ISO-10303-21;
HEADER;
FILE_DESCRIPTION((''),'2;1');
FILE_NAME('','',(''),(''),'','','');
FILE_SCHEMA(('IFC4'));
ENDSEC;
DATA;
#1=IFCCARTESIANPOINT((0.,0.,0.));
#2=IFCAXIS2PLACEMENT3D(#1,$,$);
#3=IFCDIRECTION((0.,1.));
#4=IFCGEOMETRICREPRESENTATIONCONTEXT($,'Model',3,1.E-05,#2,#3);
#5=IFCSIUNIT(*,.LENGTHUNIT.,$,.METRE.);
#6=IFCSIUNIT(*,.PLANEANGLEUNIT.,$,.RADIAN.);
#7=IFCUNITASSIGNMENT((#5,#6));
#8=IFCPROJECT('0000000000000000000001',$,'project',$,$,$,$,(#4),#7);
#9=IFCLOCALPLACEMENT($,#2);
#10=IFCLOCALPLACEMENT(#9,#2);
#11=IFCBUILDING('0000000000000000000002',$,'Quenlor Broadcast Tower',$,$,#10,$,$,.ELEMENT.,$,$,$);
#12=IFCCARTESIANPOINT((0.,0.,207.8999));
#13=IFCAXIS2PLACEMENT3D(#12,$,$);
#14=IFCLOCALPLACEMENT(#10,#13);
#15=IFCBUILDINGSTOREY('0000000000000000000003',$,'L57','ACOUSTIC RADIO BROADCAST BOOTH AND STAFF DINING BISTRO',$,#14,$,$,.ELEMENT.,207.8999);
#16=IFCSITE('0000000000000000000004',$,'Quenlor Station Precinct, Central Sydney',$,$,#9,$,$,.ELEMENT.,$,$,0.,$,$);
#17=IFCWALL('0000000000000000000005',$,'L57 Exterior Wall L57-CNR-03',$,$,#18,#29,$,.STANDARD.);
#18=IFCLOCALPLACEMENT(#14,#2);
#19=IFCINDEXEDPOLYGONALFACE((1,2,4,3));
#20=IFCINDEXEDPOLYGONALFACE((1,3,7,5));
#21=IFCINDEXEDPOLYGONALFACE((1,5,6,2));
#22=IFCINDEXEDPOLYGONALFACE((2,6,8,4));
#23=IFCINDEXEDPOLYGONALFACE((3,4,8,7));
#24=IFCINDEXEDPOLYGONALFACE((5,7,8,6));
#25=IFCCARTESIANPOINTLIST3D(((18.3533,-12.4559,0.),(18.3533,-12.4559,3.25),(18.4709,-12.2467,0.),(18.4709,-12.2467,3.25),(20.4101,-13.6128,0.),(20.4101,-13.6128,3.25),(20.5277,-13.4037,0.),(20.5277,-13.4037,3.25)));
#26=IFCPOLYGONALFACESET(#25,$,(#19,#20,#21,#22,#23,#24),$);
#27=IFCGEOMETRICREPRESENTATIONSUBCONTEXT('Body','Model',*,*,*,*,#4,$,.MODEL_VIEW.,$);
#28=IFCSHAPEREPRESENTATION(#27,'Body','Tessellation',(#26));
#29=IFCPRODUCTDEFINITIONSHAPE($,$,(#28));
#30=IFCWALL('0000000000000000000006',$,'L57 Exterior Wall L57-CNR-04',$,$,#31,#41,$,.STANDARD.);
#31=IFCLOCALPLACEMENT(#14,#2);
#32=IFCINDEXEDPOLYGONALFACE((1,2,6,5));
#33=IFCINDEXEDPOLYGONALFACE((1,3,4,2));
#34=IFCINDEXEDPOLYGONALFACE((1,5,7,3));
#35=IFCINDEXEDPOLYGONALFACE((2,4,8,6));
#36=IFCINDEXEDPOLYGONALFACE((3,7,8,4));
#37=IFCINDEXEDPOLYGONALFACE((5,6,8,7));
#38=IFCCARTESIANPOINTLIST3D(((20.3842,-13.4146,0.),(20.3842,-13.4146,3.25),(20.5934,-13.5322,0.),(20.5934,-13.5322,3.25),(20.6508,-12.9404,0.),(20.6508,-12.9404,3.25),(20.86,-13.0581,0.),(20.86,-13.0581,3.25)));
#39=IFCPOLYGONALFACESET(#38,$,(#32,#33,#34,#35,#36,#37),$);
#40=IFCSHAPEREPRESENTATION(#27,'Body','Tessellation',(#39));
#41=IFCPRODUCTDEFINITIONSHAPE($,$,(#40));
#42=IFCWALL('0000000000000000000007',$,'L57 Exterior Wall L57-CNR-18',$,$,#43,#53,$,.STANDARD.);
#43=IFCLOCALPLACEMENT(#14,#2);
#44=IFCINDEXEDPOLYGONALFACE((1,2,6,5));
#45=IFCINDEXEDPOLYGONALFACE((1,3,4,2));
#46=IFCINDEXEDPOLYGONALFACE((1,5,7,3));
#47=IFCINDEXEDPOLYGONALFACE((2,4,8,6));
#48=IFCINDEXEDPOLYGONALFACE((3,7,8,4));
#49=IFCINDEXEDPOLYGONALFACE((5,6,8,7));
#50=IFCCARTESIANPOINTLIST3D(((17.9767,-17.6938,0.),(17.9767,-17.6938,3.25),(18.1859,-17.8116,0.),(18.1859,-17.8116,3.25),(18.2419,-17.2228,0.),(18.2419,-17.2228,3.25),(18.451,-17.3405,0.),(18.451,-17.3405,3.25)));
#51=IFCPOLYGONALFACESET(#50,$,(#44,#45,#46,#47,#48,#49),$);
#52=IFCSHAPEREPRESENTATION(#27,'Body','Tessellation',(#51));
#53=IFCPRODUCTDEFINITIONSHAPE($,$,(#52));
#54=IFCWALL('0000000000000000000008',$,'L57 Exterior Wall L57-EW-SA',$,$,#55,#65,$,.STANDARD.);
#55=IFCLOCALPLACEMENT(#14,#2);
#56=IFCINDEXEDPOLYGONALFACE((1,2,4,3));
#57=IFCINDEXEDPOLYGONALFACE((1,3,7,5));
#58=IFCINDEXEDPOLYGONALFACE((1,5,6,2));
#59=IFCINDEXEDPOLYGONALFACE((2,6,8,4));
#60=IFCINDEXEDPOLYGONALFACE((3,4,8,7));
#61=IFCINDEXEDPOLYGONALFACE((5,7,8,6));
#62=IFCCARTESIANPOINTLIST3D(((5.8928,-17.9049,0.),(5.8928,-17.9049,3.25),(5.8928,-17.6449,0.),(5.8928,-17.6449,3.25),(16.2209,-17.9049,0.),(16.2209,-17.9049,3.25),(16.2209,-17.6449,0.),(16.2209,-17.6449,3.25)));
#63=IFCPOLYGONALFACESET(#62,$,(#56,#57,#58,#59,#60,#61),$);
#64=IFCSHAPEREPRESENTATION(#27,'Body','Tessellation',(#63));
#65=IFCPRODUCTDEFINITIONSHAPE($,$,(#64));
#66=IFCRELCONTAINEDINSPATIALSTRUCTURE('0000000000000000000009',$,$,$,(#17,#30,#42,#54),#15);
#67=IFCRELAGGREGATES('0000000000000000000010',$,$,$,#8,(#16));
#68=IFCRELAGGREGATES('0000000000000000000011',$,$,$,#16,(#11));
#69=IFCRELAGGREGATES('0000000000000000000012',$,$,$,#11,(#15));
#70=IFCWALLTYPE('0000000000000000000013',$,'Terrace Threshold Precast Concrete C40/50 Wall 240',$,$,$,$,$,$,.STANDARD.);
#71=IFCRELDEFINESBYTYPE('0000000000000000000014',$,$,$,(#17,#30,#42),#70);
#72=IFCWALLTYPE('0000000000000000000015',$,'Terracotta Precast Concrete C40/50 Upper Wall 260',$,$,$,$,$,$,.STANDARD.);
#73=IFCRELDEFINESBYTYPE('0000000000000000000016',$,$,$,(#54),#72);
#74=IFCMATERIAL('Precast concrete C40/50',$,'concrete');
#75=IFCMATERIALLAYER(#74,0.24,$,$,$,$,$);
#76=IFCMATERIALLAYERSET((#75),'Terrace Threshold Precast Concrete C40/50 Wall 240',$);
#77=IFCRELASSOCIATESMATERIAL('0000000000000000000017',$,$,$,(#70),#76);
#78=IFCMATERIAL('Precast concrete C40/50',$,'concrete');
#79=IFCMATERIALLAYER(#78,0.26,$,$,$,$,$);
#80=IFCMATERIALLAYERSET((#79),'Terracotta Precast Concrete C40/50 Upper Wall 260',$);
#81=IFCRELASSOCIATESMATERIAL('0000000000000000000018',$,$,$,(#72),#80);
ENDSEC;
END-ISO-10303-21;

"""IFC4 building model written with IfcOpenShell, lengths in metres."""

from ifc_helpers import new_model, si_unit, direction, frame, frame_2d, origin, place, context, subcontext, project, spatial, rectangle, extrude, material, layer, layer_set, type_object, element, save


model = new_model("IFC4")

# Units and contexts
model_context = context("Model", 3, precision=1e-05, world=origin(), true_north=direction((0.0, 1.0)))
body_context = subcontext(model_context, "Body", "Model", "MODEL_VIEW")
ifc_project = project(units=[si_unit("LENGTHUNIT", "METRE"), si_unit("PLANEANGLEUNIT", "RADIAN")], contexts=[model_context])

# Site, building, storey
site_placement = place(None, origin())
site = spatial("IfcSite", under=ifc_project, at=site_placement, Name="Quenlor Station Precinct, Central Sydney", CompositionType="ELEMENT", RefElevation=0.0)
building_placement = place(site_placement, origin())
building = spatial("IfcBuilding", under=site, at=building_placement, Name="Quenlor Broadcast Tower", CompositionType="ELEMENT")
storey_placement = place(building_placement, frame((0.0, 0.0, 207.8999)))
storey = spatial("IfcBuildingStorey", under=building, at=storey_placement, Name="L57", Description="ACOUSTIC RADIO BROADCAST BOOTH AND STAFF DINING BISTRO", CompositionType="ELEMENT", Elevation=207.8999)

# Walls
ifc_material_1 = material(Name="Precast concrete C40/50", Category="concrete")
ifc_layer_1 = layer(ifc_material_1, 0.24)
ifc_layer_set_1 = layer_set([ifc_layer_1], Name="Terrace Threshold Precast Concrete C40/50 Wall 240")
wall_type_1 = type_object("IfcWallType", Name="Terrace Threshold Precast Concrete C40/50 Wall 240", PredefinedType="STANDARD", material=ifc_layer_set_1)
wall_1_placement = place(storey_placement, frame((18.4121, -12.3513, 0.0), z_axis=(0.0, 0.0, 1.0), x_axis=(0.871578, -0.490256, 0.0)))
element("IfcWall", 1, at=wall_1_placement, inside=storey, type_object=wall_type_1, Name="L57 Exterior Wall L57-CNR-03", PredefinedType="STANDARD", context=body_context, shape_type="SweptSolid", body=[
    extrude(rectangle(XDim=2.3599, YDim=0.24, at=frame_2d((1.1799, 0.0))), origin(), (0.0, 0.0, 1.0), 3.25),
])
wall_2_placement = place(storey_placement, frame((20.4888, -13.4734, 0.0), z_axis=(0.0, 0.0, 1.0), x_axis=(0.490133, 0.871647, 0.0)))
element("IfcWall", 2, at=wall_2_placement, inside=storey, type_object=wall_type_1, Name="L57 Exterior Wall L57-CNR-04", PredefinedType="STANDARD", context=body_context, shape_type="SweptSolid", body=[
    extrude(rectangle(XDim=0.5439, YDim=0.24, at=frame_2d((0.272, 0.0))), origin(), (0.0, 0.0, 1.0), 3.25),
])
wall_3_placement = place(storey_placement, frame((18.0813, -17.7527, 0.0), z_axis=(0.0, 0.0, 1.0), x_axis=(0.490583, 0.871395, 0.0)))
element("IfcWall", 3, at=wall_3_placement, inside=storey, type_object=wall_type_1, Name="L57 Exterior Wall L57-CNR-18", PredefinedType="STANDARD", context=body_context, shape_type="SweptSolid", body=[
    extrude(rectangle(XDim=0.5405, YDim=0.24, at=frame_2d((0.2703, 0.0))), origin(), (0.0, 0.0, 1.0), 3.25),
])
ifc_material_2 = material(Name="Precast concrete C40/50", Category="concrete")
ifc_layer_2 = layer(ifc_material_2, 0.26)
ifc_layer_set_2 = layer_set([ifc_layer_2], Name="Terracotta Precast Concrete C40/50 Upper Wall 260")
wall_type_2 = type_object("IfcWallType", Name="Terracotta Precast Concrete C40/50 Upper Wall 260", PredefinedType="STANDARD", material=ifc_layer_set_2)
wall_4_placement = place(storey_placement, frame((16.2209, -17.7749, 0.0), z_axis=(0.0, 0.0, 1.0), x_axis=(-1.0, 0.0, 0.0)))
element("IfcWall", 4, at=wall_4_placement, inside=storey, type_object=wall_type_2, Name="L57 Exterior Wall L57-EW-SA", PredefinedType="STANDARD", context=body_context, shape_type="SweptSolid", body=[
    extrude(rectangle(XDim=10.3281, YDim=0.26, at=frame_2d((5.1641, 0.0))), origin(), (0.0, 0.0, 1.0), 3.25),
])

save(model, "model.ifc")
